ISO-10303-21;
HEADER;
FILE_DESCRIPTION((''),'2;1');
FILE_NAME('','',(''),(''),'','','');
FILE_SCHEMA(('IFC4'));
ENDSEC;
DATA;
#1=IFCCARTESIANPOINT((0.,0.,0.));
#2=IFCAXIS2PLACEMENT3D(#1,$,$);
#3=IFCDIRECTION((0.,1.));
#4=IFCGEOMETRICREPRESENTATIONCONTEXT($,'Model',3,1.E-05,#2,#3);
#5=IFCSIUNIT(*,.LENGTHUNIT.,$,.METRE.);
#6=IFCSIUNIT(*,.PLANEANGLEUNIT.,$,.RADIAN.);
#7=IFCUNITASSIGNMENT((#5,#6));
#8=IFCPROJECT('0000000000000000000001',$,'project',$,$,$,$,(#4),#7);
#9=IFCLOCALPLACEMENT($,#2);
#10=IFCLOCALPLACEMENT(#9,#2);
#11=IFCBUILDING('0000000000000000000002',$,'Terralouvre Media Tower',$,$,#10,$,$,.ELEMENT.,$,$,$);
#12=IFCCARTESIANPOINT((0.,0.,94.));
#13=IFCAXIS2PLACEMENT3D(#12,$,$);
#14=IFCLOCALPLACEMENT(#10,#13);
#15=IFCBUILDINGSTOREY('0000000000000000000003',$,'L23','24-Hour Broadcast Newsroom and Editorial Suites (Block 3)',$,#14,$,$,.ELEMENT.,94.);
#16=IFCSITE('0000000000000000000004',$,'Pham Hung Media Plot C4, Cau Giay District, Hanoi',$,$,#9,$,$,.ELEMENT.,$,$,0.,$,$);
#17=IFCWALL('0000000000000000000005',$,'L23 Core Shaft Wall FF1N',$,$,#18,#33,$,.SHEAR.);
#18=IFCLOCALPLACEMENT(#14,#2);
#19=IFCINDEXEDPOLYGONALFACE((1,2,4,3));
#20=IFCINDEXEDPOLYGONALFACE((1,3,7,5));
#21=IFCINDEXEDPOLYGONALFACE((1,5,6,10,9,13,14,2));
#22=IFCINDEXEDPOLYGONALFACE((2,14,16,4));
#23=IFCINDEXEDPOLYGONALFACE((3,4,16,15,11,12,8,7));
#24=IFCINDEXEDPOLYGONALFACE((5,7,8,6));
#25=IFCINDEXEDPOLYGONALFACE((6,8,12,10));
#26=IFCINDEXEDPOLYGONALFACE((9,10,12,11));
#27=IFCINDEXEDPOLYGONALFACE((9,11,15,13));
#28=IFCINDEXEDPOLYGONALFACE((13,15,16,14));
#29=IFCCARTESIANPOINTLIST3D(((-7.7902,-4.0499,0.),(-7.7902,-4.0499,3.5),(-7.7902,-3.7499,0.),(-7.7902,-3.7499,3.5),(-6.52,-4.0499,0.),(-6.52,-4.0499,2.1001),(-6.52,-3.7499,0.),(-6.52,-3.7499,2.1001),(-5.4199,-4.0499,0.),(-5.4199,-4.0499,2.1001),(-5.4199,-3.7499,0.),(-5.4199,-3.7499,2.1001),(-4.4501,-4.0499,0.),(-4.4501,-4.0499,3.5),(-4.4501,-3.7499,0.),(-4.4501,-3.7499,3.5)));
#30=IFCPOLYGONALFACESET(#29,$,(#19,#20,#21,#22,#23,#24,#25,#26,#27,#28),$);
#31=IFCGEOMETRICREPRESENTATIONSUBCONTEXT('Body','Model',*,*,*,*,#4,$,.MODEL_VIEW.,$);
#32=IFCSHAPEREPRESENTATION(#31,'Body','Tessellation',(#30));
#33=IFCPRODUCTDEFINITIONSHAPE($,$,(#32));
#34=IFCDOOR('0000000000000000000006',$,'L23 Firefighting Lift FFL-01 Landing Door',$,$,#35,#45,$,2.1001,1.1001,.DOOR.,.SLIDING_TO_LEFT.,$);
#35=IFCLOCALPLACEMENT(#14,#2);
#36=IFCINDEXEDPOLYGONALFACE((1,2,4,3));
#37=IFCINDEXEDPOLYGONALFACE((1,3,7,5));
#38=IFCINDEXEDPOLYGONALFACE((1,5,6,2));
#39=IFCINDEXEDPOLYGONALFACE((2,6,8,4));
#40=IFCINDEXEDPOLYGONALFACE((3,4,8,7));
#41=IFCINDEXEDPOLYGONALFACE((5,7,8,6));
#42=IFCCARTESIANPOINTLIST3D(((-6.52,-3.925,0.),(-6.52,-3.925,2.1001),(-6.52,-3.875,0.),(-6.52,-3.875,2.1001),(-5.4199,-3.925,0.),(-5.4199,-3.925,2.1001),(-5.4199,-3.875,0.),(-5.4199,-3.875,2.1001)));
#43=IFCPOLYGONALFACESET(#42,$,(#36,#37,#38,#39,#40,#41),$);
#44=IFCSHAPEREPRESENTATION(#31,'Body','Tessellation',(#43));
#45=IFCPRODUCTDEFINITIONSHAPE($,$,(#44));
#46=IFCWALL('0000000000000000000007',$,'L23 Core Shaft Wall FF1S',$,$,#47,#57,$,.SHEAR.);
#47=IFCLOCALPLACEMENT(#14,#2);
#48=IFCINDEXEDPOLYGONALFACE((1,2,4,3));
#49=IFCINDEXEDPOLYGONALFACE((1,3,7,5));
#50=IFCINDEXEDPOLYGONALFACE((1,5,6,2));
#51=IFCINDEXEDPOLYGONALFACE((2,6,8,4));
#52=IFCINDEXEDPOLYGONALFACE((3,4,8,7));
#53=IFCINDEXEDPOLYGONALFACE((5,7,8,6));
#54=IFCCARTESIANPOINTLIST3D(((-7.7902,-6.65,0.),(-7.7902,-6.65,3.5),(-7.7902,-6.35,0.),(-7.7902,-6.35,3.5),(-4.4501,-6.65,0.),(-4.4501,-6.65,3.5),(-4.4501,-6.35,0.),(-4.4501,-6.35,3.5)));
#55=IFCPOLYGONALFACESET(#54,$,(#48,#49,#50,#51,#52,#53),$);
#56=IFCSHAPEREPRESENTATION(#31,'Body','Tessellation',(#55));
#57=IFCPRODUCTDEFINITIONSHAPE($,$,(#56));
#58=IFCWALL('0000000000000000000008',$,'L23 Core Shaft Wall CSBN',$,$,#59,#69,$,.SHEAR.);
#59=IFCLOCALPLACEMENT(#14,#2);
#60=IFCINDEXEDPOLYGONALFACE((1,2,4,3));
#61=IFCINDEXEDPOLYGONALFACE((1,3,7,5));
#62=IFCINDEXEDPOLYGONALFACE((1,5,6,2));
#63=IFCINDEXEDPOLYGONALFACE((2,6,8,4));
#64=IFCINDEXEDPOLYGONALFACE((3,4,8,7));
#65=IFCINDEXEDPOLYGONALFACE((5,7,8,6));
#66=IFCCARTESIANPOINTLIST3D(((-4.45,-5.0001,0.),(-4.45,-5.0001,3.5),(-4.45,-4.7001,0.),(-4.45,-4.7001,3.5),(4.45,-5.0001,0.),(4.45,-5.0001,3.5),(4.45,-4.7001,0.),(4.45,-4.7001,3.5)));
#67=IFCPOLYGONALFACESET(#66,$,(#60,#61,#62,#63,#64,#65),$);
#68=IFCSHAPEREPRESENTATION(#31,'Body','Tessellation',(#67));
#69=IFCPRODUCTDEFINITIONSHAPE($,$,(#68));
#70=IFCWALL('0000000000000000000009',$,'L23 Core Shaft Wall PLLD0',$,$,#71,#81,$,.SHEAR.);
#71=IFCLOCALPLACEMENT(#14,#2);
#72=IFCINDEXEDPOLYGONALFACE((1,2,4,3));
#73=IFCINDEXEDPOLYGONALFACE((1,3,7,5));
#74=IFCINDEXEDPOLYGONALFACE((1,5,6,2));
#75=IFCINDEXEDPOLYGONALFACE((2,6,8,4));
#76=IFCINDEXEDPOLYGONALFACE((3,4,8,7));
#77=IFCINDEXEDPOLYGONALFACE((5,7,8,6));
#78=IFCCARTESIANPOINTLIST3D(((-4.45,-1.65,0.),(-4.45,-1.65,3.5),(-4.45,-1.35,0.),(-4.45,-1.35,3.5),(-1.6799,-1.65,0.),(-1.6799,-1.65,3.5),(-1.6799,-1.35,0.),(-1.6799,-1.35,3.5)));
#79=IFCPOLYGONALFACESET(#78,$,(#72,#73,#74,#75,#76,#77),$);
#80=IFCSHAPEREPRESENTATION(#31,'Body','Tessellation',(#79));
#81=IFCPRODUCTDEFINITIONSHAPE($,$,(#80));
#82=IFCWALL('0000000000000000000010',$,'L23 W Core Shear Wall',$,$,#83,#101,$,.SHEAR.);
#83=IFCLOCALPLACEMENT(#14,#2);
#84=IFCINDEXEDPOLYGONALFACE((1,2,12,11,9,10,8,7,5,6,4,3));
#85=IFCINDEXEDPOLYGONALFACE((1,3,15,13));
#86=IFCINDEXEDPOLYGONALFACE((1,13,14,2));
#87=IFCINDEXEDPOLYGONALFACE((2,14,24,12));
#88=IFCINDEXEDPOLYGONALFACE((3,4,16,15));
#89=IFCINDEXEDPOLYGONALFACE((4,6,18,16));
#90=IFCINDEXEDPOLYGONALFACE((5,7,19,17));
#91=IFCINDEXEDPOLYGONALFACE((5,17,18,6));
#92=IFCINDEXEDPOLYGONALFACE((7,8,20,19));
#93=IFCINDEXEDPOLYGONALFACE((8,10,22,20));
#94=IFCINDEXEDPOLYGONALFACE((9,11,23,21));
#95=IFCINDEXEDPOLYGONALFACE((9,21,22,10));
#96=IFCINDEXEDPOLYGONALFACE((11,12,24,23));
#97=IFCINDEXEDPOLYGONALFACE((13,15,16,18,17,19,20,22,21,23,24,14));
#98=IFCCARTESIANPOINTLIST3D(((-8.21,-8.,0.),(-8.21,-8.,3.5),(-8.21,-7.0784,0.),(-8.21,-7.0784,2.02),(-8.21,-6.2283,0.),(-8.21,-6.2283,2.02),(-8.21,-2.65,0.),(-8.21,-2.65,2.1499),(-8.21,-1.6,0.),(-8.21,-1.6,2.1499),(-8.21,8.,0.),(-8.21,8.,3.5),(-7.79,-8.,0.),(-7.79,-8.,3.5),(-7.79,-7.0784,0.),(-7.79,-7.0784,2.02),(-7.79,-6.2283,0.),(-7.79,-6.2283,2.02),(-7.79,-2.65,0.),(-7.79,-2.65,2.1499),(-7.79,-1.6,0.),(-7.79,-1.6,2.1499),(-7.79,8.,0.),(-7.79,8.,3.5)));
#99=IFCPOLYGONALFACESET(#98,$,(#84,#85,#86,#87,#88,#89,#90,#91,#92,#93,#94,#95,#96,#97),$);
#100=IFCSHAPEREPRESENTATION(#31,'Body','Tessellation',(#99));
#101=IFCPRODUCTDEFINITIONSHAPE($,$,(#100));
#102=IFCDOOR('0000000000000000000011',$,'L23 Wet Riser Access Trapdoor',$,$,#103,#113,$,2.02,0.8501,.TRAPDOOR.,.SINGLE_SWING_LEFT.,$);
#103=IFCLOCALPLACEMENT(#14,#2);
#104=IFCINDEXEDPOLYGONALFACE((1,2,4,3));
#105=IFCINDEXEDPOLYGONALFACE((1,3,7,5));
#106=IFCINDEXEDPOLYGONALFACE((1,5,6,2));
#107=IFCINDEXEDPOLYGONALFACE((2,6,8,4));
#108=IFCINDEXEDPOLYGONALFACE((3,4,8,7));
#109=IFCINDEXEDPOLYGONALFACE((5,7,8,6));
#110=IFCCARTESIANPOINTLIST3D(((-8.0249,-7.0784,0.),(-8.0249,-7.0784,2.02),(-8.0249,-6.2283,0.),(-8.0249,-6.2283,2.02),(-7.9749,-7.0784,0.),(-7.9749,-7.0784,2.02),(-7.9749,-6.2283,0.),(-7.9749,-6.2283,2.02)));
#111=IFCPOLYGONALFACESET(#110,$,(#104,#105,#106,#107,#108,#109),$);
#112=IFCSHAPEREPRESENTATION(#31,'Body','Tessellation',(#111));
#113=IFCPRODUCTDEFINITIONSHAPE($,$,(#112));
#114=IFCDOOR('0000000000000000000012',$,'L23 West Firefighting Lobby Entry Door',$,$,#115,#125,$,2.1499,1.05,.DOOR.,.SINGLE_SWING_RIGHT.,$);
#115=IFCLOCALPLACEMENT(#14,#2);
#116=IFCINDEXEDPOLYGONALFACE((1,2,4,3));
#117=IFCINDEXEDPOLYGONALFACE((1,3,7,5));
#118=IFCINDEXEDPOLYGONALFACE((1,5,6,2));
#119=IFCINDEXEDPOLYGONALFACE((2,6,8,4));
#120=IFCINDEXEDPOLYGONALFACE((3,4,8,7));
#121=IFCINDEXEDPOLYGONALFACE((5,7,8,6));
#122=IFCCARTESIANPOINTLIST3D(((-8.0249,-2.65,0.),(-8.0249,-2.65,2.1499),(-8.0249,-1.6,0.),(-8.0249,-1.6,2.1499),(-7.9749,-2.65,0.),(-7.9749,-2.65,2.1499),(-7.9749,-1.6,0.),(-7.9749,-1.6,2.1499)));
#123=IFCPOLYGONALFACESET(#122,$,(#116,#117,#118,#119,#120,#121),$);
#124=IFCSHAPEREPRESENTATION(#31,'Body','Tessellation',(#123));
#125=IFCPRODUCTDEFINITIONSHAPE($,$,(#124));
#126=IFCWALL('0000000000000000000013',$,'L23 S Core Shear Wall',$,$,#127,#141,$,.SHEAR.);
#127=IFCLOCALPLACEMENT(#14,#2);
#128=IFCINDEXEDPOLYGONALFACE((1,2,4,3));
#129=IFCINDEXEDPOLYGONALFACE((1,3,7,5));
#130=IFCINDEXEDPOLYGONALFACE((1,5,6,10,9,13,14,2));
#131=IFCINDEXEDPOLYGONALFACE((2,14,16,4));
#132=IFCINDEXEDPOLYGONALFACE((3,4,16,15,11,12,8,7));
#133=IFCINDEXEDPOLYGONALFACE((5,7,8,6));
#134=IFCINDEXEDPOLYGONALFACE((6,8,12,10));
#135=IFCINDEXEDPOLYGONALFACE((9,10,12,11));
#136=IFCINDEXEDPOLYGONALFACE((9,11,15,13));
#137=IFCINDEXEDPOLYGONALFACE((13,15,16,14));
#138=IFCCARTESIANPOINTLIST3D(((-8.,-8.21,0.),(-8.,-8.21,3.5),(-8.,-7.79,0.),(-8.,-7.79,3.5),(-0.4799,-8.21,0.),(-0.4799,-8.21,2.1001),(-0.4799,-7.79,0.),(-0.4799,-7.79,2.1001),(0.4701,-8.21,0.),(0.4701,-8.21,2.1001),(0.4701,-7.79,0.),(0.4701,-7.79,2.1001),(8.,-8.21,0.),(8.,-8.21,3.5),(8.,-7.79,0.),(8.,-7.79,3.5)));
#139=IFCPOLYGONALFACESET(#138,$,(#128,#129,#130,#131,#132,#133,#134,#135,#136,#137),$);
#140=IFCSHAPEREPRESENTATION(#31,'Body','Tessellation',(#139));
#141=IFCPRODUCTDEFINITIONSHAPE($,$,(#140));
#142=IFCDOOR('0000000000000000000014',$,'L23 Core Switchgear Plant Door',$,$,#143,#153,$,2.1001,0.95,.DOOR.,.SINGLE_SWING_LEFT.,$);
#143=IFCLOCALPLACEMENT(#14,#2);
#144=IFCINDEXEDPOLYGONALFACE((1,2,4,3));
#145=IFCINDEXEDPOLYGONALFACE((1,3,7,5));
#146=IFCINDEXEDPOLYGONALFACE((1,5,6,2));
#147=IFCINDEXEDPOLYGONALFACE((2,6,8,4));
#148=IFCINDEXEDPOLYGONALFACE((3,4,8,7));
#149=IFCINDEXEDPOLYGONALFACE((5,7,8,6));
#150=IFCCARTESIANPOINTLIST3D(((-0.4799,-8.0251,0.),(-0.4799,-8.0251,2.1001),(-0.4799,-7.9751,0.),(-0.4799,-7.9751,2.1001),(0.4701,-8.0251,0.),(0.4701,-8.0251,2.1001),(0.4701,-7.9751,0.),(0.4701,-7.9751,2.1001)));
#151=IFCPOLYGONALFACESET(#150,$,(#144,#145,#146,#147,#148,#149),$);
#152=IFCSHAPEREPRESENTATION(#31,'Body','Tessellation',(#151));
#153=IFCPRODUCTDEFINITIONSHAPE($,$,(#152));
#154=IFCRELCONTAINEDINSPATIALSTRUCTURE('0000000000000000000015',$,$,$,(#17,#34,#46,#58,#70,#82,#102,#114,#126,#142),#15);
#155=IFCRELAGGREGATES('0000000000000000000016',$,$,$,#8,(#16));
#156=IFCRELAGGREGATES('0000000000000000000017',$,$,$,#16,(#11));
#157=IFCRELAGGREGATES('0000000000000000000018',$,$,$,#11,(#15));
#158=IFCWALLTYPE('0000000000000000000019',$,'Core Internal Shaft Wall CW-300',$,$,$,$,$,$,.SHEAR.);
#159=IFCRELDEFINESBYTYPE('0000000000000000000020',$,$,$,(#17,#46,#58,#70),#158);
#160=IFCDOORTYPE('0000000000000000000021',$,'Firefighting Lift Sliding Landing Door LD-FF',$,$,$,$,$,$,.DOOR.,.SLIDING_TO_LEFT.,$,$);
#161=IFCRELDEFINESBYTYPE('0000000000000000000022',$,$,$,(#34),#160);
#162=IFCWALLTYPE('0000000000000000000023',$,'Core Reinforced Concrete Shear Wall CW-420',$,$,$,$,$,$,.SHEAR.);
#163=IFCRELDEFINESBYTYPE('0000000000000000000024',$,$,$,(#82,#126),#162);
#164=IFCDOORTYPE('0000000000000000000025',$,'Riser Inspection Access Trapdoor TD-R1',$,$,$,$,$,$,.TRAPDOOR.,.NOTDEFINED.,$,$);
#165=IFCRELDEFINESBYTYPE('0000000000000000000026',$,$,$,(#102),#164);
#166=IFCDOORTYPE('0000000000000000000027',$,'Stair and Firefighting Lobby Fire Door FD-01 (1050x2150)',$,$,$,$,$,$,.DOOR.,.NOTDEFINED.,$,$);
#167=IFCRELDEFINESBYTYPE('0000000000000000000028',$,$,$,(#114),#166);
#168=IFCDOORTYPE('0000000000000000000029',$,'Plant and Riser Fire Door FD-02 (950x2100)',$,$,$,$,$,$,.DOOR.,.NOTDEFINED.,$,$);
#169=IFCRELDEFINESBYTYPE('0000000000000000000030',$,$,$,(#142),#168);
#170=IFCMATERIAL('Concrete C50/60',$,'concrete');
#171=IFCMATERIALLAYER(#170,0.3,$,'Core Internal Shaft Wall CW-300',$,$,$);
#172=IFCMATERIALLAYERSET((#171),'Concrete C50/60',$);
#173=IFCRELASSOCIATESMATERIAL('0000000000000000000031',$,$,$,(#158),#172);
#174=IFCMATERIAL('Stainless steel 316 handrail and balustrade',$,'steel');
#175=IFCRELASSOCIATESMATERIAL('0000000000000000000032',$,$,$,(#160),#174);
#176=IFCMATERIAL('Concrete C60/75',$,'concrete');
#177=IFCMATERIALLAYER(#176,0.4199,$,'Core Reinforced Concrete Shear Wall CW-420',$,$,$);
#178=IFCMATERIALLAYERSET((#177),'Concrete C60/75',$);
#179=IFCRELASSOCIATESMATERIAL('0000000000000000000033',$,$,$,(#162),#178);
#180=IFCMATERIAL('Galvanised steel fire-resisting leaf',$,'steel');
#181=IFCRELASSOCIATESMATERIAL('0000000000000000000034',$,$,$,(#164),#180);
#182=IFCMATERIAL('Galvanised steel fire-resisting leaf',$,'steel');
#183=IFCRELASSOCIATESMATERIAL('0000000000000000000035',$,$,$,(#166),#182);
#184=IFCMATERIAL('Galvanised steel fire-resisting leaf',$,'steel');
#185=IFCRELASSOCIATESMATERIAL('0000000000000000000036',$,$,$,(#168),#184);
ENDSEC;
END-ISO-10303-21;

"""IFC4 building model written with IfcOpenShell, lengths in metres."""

from ifc_helpers import new_model, si_unit, direction, frame, frame_2d, origin, place, context, subcontext, project, spatial, rectangle, extrude, material, layer, layer_set, type_object, element, fill, save


model = new_model("IFC4")

# Units and contexts
model_context = context("Model", 3, precision=1e-05, world=origin(), true_north=direction((0.0, 1.0)))
body_context = subcontext(model_context, "Body", "Model", "MODEL_VIEW")
ifc_project = project(units=[si_unit("LENGTHUNIT", "METRE"), si_unit("PLANEANGLEUNIT", "RADIAN")], contexts=[model_context])

# Site, building, storey
site_placement = place(None, origin())
site = spatial("IfcSite", under=ifc_project, at=site_placement, Name="Pham Hung Media Plot C4, Cau Giay District, Hanoi", CompositionType="ELEMENT", RefElevation=0.0)
building_placement = place(site_placement, origin())
building = spatial("IfcBuilding", under=site, at=building_placement, Name="Terralouvre Media Tower", CompositionType="ELEMENT")
storey_placement = place(building_placement, frame((0.0, 0.0, 94.0)))
storey = spatial("IfcBuildingStorey", under=building, at=storey_placement, Name="L23", Description="24-Hour Broadcast Newsroom and Editorial Suites (Block 3)", CompositionType="ELEMENT", Elevation=94.0)

# Shared definitions
ifc_material_1 = material(Name="Concrete C50/60", Category="concrete")
ifc_layer_1 = layer(ifc_material_1, 0.3, Name="Core Internal Shaft Wall CW-300")
ifc_layer_set_1 = layer_set([ifc_layer_1], Name="Concrete C50/60")
wall_type_1 = type_object("IfcWallType", Name="Core Internal Shaft Wall CW-300", PredefinedType="SHEAR", material=ifc_layer_set_1)

# Wall, opening, door
wall_1_placement = place(storey_placement, frame((-7.79, -3.8999, 0.0), z_axis=(0.0, 0.0, 1.0), x_axis=(1.0, 0.0, 0.0)))
wall_1 = element("IfcWall", 1, at=wall_1_placement, inside=storey, type_object=wall_type_1, Name="L23 Core Shaft Wall FF1N", PredefinedType="SHEAR", context=body_context, shape_type="SweptSolid", body=[
    extrude(rectangle(XDim=3.3401, YDim=0.3, at=frame_2d((1.6699, 0.0))), origin(), (0.0, 0.0, 1.0), 3.5),
])
opening_1_placement = place(wall_1_placement, frame((1.27, 0.0, 0.0)))
opening_1 = element("IfcOpeningElement", 2, at=opening_1_placement, cuts=wall_1, PredefinedType="OPENING", context=body_context, shape_type="SweptSolid", body=[
    extrude(rectangle(XDim=1.1001, YDim=2.1001, at=frame_2d((0.55, 1.05))), frame((0.0, 0.1599, 0.0), z_axis=(0.0, -1.0, 0.0), x_axis=(1.0, 0.0, 0.0)), (0.0, 0.0, 1.0), 0.3201),
])
ifc_material_2 = material(Name="Stainless steel 316 handrail and balustrade", Category="steel")
door_type_1 = type_object("IfcDoorType", Name="Firefighting Lift Sliding Landing Door LD-FF", OperationType="SLIDING_TO_LEFT", PredefinedType="DOOR", material=ifc_material_2)
door_1_placement = place(opening_1_placement, origin())
door_1 = element("IfcDoor", 3, at=door_1_placement, inside=storey, type_object=door_type_1, Name="L23 Firefighting Lift FFL-01 Landing Door", OperationType="SLIDING_TO_LEFT", OverallHeight=2.1001, OverallWidth=1.1001, PredefinedType="DOOR", context=body_context, shape_type="SweptSolid", body=[
    extrude(rectangle(XDim=1.1001, YDim=2.1001, at=frame_2d((0.55, 1.05))), frame((0.0, 0.0249, 0.0), z_axis=(0.0, -1.0, 0.0), x_axis=(1.0, 0.0, 0.0)), (0.0, 0.0, 1.0), 0.05),
])
fill(opening_1, door_1)

# Walls
wall_2_placement = place(storey_placement, frame((-7.79, -6.5, 0.0), z_axis=(0.0, 0.0, 1.0), x_axis=(1.0, 0.0, 0.0)))
element("IfcWall", 4, at=wall_2_placement, inside=storey, type_object=wall_type_1, Name="L23 Core Shaft Wall FF1S", PredefinedType="SHEAR", context=body_context, shape_type="SweptSolid", body=[
    extrude(rectangle(XDim=3.3401, YDim=0.3, at=frame_2d((1.6699, 0.0))), origin(), (0.0, 0.0, 1.0), 3.5),
])
wall_3_placement = place(storey_placement, frame((-4.45, -4.8501, 0.0), z_axis=(0.0, 0.0, 1.0), x_axis=(1.0, 0.0, 0.0)))
element("IfcWall", 5, at=wall_3_placement, inside=storey, type_object=wall_type_1, Name="L23 Core Shaft Wall CSBN", PredefinedType="SHEAR", context=body_context, shape_type="SweptSolid", body=[
    extrude(rectangle(XDim=8.8999, YDim=0.3, at=frame_2d((4.45, 0.0))), origin(), (0.0, 0.0, 1.0), 3.5),
])
wall_4_placement = place(storey_placement, frame((-4.45, -1.5, 0.0), z_axis=(0.0, 0.0, 1.0), x_axis=(1.0, 0.0, 0.0)))
element("IfcWall", 6, at=wall_4_placement, inside=storey, type_object=wall_type_1, Name="L23 Core Shaft Wall PLLD0", PredefinedType="SHEAR", context=body_context, shape_type="SweptSolid", body=[
    extrude(rectangle(XDim=2.77, YDim=0.3, at=frame_2d((1.385, 0.0))), origin(), (0.0, 0.0, 1.0), 3.5),
])

# Wall, openings, doors
ifc_material_3 = material(Name="Concrete C60/75", Category="concrete")
ifc_layer_2 = layer(ifc_material_3, 0.4199, Name="Core Reinforced Concrete Shear Wall CW-420")
ifc_layer_set_2 = layer_set([ifc_layer_2], Name="Concrete C60/75")
wall_type_2 = type_object("IfcWallType", Name="Core Reinforced Concrete Shear Wall CW-420", PredefinedType="SHEAR", material=ifc_layer_set_2)
wall_5_placement = place(storey_placement, frame((-8.0, -8.0, 0.0), z_axis=(0.0, 0.0, 1.0), x_axis=(0.0, 1.0, 0.0)))
wall_5 = element("IfcWall", 7, at=wall_5_placement, inside=storey, type_object=wall_type_2, Name="L23 W Core Shear Wall", PredefinedType="SHEAR", context=body_context, shape_type="SweptSolid", body=[
    extrude(rectangle(XDim=16.0, YDim=0.4199, at=frame_2d((8.0, 0.0))), origin(), (0.0, 0.0, 1.0), 3.5),
])
opening_2_placement = place(wall_5_placement, frame((0.9216, 0.0, 0.0)))
opening_2 = element("IfcOpeningElement", 8, at=opening_2_placement, cuts=wall_5, PredefinedType="OPENING", context=body_context, shape_type="SweptSolid", body=[
    extrude(rectangle(XDim=0.8501, YDim=2.02, at=frame_2d((0.425, 1.01))), frame((0.0, 0.22, 0.0), z_axis=(0.0, -1.0, 0.0), x_axis=(1.0, 0.0, 0.0)), (0.0, 0.0, 1.0), 0.4399),
])
opening_3_placement = place(wall_5_placement, frame((5.3501, 0.0, 0.0)))
opening_3 = element("IfcOpeningElement", 9, at=opening_3_placement, cuts=wall_5, PredefinedType="OPENING", context=body_context, shape_type="SweptSolid", body=[
    extrude(rectangle(XDim=1.05, YDim=2.1499, at=frame_2d((0.5249, 1.075))), frame((0.0, 0.22, 0.0), z_axis=(0.0, -1.0, 0.0), x_axis=(1.0, 0.0, 0.0)), (0.0, 0.0, 1.0), 0.4399),
])
ifc_material_4 = material(Name="Galvanised steel fire-resisting leaf", Category="steel")
door_type_2 = type_object("IfcDoorType", Name="Riser Inspection Access Trapdoor TD-R1", OperationType="NOTDEFINED", PredefinedType="TRAPDOOR", material=ifc_material_4)
door_2_placement = place(opening_2_placement, origin())
door_2 = element("IfcDoor", 10, at=door_2_placement, inside=storey, type_object=door_type_2, Name="L23 Wet Riser Access Trapdoor", OperationType="SINGLE_SWING_LEFT", OverallHeight=2.02, OverallWidth=0.8501, PredefinedType="TRAPDOOR", context=body_context, shape_type="SweptSolid", body=[
    extrude(rectangle(XDim=0.8501, YDim=2.02, at=frame_2d((0.425, 1.01))), frame((0.0, 0.0249, 0.0), z_axis=(0.0, -1.0, 0.0), x_axis=(1.0, 0.0, 0.0)), (0.0, 0.0, 1.0), 0.05),
])
fill(opening_2, door_2)
ifc_material_5 = material(Name="Galvanised steel fire-resisting leaf", Category="steel")
door_type_3 = type_object("IfcDoorType", Name="Stair and Firefighting Lobby Fire Door FD-01 (1050x2150)", OperationType="NOTDEFINED", PredefinedType="DOOR", material=ifc_material_5)
door_3_placement = place(opening_3_placement, origin())
door_3 = element("IfcDoor", 11, at=door_3_placement, inside=storey, type_object=door_type_3, Name="L23 West Firefighting Lobby Entry Door", OperationType="SINGLE_SWING_RIGHT", OverallHeight=2.1499, OverallWidth=1.05, PredefinedType="DOOR", context=body_context, shape_type="SweptSolid", body=[
    extrude(rectangle(XDim=1.05, YDim=2.1499, at=frame_2d((0.5249, 1.075))), frame((0.0, 0.0249, 0.0), z_axis=(0.0, -1.0, 0.0), x_axis=(1.0, 0.0, 0.0)), (0.0, 0.0, 1.0), 0.05),
])
fill(opening_3, door_3)

# Wall, opening, door
wall_6_placement = place(storey_placement, frame((-8.0, -8.0, 0.0), z_axis=(0.0, 0.0, 1.0), x_axis=(1.0, 0.0, 0.0)))
wall_6 = element("IfcWall", 12, at=wall_6_placement, inside=storey, type_object=wall_type_2, Name="L23 S Core Shear Wall", PredefinedType="SHEAR", context=body_context, shape_type="SweptSolid", body=[
    extrude(rectangle(XDim=16.0, YDim=0.4199, at=frame_2d((8.0, 0.0))), origin(), (0.0, 0.0, 1.0), 3.5),
])
opening_4_placement = place(wall_6_placement, frame((7.52, 0.0, 0.0)))
opening_4 = element("IfcOpeningElement", 13, at=opening_4_placement, cuts=wall_6, PredefinedType="OPENING", context=body_context, shape_type="SweptSolid", body=[
    extrude(rectangle(XDim=0.95, YDim=2.1001, at=frame_2d((0.4751, 1.05))), frame((0.0, 0.22, 0.0), z_axis=(0.0, -1.0, 0.0), x_axis=(1.0, 0.0, 0.0)), (0.0, 0.0, 1.0), 0.4399),
])
ifc_material_6 = material(Name="Galvanised steel fire-resisting leaf", Category="steel")
door_type_4 = type_object("IfcDoorType", Name="Plant and Riser Fire Door FD-02 (950x2100)", OperationType="NOTDEFINED", PredefinedType="DOOR", material=ifc_material_6)
door_4_placement = place(opening_4_placement, origin())
door_4 = element("IfcDoor", 14, at=door_4_placement, inside=storey, type_object=door_type_4, Name="L23 Core Switchgear Plant Door", OperationType="SINGLE_SWING_LEFT", OverallHeight=2.1001, OverallWidth=0.95, PredefinedType="DOOR", context=body_context, shape_type="SweptSolid", body=[
    extrude(rectangle(XDim=0.95, YDim=2.1001, at=frame_2d((0.4751, 1.05))), frame((0.0, 0.0249, 0.0), z_axis=(0.0, -1.0, 0.0), x_axis=(1.0, 0.0, 0.0)), (0.0, 0.0, 1.0), 0.05),
])
fill(opening_4, door_4)

save(model, "model.ifc")
